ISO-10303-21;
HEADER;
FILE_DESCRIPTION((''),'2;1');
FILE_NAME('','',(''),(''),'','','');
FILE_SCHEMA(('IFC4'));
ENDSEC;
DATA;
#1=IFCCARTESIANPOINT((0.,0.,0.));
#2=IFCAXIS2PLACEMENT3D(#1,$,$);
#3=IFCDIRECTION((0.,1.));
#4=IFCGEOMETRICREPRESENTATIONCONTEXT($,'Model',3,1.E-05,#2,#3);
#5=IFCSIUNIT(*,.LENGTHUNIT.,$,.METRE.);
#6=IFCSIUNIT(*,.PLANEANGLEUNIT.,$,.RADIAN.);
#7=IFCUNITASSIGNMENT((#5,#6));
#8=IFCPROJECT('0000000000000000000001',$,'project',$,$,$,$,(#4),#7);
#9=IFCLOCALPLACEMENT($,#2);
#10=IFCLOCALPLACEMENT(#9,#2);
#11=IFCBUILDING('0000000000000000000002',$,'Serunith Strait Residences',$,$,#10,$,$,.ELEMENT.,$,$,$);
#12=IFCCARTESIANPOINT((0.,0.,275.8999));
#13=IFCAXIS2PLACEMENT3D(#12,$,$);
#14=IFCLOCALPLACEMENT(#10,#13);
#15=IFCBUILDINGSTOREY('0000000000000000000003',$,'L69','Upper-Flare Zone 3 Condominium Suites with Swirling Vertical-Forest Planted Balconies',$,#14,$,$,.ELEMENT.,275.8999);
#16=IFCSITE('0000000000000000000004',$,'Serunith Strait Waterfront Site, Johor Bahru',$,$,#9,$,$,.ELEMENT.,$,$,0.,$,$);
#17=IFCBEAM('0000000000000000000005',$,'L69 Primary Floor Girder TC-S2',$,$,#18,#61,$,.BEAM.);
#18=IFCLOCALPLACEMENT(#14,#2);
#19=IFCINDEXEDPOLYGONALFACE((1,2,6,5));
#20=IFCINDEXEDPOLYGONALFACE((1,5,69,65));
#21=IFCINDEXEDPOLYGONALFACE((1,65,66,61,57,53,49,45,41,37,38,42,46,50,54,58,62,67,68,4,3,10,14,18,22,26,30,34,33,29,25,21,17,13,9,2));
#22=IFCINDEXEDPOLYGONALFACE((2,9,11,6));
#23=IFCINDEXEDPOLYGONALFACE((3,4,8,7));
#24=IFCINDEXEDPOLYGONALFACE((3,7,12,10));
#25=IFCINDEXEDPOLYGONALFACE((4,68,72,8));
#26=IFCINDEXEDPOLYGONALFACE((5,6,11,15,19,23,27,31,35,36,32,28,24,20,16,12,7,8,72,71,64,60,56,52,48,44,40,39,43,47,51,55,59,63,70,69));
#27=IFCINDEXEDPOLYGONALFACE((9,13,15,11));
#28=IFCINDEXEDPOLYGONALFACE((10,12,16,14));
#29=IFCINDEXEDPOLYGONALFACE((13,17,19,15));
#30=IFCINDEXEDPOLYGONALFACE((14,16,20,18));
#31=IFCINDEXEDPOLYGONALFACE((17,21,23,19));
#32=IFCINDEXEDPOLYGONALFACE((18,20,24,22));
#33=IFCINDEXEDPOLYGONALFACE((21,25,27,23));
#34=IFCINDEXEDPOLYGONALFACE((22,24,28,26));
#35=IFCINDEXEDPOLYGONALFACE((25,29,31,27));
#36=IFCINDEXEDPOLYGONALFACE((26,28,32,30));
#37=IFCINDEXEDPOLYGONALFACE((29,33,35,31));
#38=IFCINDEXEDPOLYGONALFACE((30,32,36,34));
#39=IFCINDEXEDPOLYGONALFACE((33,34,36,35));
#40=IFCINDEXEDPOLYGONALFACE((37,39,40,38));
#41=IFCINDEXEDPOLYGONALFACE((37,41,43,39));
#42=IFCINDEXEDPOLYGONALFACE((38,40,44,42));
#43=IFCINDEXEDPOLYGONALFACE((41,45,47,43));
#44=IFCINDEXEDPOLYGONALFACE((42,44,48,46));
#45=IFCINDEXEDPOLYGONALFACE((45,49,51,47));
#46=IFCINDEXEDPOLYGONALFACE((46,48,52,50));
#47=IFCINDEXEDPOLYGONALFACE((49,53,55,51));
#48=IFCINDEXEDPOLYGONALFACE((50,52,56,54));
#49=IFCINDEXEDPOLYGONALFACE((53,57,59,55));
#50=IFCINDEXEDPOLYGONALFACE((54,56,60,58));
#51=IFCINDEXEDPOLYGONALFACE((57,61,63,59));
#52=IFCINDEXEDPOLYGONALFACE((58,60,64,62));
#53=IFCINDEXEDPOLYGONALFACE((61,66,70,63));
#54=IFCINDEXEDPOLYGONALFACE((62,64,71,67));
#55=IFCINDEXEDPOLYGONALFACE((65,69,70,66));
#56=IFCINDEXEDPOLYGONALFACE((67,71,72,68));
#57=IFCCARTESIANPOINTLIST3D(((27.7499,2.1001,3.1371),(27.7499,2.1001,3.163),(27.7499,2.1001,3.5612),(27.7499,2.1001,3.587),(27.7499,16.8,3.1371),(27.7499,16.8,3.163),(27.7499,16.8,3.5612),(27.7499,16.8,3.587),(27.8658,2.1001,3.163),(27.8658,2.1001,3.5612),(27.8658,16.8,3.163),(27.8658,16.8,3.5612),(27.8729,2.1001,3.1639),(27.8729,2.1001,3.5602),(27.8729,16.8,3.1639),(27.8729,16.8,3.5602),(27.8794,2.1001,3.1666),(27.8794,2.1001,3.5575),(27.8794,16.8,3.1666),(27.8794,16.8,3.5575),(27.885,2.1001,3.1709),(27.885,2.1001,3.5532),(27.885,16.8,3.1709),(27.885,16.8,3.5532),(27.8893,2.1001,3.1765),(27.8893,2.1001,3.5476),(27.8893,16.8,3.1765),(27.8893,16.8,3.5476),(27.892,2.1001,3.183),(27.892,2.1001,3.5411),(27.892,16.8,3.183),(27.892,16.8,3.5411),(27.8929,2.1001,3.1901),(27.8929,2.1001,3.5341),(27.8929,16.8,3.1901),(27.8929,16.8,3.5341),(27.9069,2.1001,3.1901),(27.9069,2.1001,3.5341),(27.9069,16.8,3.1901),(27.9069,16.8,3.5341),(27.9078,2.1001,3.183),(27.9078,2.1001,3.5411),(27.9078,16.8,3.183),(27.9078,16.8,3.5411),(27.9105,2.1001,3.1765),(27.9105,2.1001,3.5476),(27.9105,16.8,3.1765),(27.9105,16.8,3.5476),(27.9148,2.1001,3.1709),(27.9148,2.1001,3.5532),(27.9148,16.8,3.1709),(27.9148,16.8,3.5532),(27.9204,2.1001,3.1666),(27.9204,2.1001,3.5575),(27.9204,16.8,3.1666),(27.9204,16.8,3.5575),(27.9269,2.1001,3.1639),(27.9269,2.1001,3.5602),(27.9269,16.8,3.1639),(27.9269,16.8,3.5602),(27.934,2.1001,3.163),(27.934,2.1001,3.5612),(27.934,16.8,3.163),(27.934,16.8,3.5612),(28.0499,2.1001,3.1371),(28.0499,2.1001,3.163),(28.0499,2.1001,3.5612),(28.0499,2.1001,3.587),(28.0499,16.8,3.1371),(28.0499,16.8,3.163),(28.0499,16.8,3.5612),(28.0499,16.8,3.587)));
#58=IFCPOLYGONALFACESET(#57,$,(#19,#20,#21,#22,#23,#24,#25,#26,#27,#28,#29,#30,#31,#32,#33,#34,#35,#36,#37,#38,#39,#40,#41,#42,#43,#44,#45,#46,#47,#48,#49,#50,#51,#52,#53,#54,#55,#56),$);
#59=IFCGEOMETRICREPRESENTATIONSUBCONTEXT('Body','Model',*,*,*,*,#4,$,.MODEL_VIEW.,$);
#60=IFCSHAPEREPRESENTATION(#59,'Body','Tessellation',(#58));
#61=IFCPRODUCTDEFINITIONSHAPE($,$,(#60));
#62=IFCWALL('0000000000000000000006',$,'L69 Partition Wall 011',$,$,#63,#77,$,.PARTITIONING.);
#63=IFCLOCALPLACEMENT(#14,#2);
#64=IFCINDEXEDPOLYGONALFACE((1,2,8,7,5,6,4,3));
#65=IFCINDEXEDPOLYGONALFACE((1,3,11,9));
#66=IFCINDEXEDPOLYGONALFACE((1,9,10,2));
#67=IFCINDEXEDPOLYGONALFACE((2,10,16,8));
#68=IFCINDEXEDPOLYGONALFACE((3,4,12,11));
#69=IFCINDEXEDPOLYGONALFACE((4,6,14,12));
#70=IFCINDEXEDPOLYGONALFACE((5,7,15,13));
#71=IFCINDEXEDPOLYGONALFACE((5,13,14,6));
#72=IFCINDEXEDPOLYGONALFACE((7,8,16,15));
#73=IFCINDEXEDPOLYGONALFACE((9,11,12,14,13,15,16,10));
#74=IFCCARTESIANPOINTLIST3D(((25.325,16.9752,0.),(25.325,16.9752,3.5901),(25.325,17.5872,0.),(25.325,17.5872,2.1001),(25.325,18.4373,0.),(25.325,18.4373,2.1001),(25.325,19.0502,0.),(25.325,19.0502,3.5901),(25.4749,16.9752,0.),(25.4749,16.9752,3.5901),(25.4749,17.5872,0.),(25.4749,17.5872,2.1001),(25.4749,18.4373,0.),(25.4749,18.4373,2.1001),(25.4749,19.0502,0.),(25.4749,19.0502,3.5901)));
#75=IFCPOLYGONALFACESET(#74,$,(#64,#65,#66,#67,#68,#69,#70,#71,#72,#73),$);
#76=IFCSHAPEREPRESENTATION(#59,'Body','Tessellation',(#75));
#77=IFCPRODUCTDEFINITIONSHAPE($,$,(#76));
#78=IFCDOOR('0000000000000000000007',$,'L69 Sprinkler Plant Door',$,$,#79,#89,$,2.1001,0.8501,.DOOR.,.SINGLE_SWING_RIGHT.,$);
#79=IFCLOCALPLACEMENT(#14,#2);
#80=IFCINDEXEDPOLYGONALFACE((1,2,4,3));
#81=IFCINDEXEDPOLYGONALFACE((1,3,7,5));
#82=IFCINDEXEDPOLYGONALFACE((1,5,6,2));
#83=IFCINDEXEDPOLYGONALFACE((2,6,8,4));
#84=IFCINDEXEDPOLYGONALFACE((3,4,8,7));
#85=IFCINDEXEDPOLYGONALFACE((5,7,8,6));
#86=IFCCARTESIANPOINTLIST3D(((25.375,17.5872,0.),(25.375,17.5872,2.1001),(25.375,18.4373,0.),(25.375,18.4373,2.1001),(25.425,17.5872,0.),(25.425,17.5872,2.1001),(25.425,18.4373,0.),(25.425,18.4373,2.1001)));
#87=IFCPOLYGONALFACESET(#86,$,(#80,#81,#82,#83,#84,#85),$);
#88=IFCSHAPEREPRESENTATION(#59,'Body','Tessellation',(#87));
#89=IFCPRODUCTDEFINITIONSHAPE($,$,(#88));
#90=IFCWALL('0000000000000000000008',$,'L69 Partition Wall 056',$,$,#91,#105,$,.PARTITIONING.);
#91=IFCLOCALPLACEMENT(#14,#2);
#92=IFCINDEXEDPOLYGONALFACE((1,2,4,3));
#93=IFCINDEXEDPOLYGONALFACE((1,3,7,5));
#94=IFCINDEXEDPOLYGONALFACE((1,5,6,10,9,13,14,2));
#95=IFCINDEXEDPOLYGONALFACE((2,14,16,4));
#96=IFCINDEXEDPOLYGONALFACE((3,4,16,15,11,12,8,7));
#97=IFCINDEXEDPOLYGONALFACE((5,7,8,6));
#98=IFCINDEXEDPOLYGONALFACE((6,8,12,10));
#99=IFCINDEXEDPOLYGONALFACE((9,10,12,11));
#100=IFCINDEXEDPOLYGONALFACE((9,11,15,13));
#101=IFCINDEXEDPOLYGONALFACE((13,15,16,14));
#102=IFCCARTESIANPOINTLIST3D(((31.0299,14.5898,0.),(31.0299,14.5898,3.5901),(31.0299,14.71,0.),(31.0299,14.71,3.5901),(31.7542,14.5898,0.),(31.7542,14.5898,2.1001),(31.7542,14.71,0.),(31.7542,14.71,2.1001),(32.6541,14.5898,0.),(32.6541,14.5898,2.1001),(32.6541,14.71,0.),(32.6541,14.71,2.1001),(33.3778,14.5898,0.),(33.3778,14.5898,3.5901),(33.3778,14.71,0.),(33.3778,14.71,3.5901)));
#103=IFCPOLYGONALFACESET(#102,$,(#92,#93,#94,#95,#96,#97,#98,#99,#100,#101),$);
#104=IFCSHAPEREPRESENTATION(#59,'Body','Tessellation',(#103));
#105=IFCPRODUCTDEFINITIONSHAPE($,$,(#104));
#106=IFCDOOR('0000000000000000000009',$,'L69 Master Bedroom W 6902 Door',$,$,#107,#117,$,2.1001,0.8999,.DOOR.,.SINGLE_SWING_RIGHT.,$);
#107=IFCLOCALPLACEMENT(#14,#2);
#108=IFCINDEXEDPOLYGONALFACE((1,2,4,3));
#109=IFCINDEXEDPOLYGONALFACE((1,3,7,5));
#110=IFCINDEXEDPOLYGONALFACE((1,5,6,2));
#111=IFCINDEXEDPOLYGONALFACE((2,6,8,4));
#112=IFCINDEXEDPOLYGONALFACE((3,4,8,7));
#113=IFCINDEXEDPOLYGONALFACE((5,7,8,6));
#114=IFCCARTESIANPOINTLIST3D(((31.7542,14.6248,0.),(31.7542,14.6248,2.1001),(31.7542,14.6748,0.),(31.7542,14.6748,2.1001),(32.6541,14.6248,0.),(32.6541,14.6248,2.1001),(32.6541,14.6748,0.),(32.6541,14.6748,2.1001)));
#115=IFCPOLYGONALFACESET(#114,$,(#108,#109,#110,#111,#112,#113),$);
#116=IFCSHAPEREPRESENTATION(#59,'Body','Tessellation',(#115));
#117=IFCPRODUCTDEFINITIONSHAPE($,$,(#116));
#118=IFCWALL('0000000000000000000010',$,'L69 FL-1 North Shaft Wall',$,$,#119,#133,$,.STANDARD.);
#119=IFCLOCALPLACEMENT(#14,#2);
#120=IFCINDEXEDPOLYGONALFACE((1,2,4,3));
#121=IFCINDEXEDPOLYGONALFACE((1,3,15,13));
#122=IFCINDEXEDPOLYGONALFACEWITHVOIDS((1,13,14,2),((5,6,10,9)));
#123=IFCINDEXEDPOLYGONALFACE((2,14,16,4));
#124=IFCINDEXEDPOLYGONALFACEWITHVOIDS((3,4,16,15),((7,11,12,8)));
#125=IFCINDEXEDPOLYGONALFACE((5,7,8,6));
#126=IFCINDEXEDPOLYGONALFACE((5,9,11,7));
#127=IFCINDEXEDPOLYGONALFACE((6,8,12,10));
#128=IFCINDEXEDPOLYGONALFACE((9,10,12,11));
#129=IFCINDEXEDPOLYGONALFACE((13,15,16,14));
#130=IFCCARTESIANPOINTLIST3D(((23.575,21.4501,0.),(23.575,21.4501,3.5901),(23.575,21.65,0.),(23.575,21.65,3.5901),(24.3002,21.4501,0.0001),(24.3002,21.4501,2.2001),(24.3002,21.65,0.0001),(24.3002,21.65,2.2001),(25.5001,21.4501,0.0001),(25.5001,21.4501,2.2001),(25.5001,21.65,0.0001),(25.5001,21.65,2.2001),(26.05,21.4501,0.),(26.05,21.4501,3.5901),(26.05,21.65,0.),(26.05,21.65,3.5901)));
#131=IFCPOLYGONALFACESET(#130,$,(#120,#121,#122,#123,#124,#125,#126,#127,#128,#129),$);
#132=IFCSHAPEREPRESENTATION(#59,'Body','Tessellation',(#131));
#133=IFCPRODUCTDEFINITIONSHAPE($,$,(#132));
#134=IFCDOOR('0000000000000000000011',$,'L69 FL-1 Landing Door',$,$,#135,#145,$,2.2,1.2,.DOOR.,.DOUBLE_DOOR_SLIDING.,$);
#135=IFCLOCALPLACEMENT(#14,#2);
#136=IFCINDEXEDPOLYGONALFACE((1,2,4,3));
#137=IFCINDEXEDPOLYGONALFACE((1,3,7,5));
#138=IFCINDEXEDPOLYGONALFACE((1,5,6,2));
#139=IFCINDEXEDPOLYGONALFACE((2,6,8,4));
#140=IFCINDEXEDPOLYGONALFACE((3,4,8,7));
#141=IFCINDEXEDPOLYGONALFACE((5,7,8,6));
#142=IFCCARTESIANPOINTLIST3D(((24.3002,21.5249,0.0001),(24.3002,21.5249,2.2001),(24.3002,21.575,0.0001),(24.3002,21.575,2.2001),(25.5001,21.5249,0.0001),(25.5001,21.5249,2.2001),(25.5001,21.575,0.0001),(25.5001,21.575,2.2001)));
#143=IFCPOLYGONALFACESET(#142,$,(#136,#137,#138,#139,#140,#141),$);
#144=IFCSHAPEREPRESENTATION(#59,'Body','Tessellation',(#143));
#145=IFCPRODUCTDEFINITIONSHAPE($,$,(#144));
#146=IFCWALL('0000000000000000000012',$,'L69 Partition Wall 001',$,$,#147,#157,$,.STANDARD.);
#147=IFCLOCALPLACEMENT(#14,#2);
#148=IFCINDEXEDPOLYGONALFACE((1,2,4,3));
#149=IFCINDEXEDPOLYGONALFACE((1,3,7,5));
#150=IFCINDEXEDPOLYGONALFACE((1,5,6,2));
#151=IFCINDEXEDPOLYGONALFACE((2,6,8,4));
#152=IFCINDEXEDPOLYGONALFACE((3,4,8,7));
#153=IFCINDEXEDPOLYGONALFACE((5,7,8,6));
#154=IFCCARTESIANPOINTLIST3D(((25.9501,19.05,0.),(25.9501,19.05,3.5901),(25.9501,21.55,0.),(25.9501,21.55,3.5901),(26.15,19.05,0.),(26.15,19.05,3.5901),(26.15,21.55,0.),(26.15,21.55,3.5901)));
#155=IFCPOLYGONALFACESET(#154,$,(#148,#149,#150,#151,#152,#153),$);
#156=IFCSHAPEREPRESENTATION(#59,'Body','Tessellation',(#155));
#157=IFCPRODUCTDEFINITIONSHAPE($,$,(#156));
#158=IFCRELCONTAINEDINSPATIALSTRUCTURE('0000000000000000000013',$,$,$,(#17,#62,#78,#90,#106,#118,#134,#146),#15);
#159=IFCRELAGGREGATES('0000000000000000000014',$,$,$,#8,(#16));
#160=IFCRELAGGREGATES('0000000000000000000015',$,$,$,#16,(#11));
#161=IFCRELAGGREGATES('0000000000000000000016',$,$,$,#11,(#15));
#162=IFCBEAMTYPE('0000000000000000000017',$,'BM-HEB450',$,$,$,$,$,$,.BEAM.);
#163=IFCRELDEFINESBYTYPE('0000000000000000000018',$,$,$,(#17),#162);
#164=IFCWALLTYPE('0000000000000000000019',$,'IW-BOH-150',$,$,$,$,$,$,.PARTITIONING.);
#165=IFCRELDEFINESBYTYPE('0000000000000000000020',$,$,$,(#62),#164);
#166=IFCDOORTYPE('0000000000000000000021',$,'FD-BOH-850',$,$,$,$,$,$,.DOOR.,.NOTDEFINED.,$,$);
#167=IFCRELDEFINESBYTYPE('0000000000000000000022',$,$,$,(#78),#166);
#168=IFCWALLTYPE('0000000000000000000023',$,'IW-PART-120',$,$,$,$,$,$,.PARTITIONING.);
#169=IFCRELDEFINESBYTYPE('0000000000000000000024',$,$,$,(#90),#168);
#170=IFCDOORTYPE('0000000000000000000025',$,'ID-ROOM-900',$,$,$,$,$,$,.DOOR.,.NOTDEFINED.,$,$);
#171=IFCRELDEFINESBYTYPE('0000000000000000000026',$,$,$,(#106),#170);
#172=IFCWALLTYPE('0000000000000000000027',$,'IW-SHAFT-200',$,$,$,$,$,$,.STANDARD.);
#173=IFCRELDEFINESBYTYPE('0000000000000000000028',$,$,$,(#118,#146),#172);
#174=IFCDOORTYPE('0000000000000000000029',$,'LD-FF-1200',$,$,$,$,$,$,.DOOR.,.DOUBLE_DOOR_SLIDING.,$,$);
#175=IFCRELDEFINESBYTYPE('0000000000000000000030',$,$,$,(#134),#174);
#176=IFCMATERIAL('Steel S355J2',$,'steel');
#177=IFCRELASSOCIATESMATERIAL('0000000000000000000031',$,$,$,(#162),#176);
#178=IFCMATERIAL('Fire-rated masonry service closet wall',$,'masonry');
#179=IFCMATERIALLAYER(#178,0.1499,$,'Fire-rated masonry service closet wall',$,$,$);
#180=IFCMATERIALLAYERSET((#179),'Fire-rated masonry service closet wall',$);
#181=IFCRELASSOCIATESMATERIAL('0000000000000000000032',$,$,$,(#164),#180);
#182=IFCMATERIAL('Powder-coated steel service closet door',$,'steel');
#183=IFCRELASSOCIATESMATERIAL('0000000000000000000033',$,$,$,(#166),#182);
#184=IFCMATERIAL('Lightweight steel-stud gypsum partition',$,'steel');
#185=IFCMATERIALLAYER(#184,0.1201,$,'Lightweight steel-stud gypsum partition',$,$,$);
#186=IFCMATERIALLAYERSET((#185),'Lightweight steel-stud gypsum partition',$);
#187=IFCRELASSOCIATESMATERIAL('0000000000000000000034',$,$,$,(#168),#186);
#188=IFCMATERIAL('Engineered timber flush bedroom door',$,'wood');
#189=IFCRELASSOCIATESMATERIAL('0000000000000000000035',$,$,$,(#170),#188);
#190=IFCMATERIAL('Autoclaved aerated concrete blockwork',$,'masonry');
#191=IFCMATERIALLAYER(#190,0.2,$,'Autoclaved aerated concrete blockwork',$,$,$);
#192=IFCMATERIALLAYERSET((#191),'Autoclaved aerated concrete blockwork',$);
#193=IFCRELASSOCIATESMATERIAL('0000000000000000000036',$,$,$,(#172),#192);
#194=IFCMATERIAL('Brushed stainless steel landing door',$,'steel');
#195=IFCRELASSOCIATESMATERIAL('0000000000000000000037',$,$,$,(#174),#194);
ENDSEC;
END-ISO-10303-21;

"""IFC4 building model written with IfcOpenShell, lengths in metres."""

from ifc_helpers import new_model, si_unit, direction, frame, frame_2d, origin, origin_2d, place, context, subcontext, project, spatial, rectangle, i_section, extrude, source, transform, mapped, material, layer, layer_set, material_profile, profile_set, type_object, element, fill, save


model = new_model("IFC4")

# Units and contexts
model_context = context("Model", 3, precision=1e-05, world=origin(), true_north=direction((0.0, 1.0)))
body_context = subcontext(model_context, "Body", "Model", "MODEL_VIEW")
ifc_project = project(units=[si_unit("LENGTHUNIT", "METRE"), si_unit("PLANEANGLEUNIT", "RADIAN")], contexts=[model_context])

# Site, building, storey
site_placement = place(None, origin())
site = spatial("IfcSite", under=ifc_project, at=site_placement, Name="Serunith Strait Waterfront Site, Johor Bahru", CompositionType="ELEMENT", RefElevation=0.0)
building_placement = place(site_placement, origin())
building = spatial("IfcBuilding", under=site, at=building_placement, Name="Serunith Strait Residences", CompositionType="ELEMENT")
storey_placement = place(building_placement, frame((0.0, 0.0, 275.8999)))
storey = spatial("IfcBuildingStorey", under=building, at=storey_placement, Name="L69", Description="Upper-Flare Zone 3 Condominium Suites with Swirling Vertical-Forest Planted Balconies", CompositionType="ELEMENT", Elevation=275.8999)

# Beam
ifc_material_1 = material(Name="Steel S355J2", Category="steel")
ifc_material_profile = material_profile(ifc_material_1, i_section(OverallWidth=0.3, OverallDepth=0.45, WebThickness=0.0139, FlangeThickness=0.0259, FilletRadius=0.0271, at=origin_2d()), Name="HEB 450")
ifc_profile_set = profile_set([ifc_material_profile], Name="Steel S355J2")
beam_type = type_object("IfcBeamType", Name="BM-HEB450", PredefinedType="BEAM", material=ifc_profile_set)
shared_shape_1 = source(origin(), body_context, "Body", "SweptSolid", [
    extrude(i_section(OverallWidth=0.3, OverallDepth=0.45, WebThickness=0.0139, FlangeThickness=0.0259, FilletRadius=0.0271, at=origin_2d()), origin(), (0.0, 0.0, 1.0), 14.7),
])
beam_placement = place(storey_placement, frame((27.8999, 16.8, 3.3621), z_axis=(0.0, -1.0, 0.0), x_axis=(1.0, 0.0, 0.0)))
element("IfcBeam", 1, at=beam_placement, inside=storey, type_object=beam_type, Name="L69 Primary Floor Girder TC-S2", PredefinedType="BEAM", context=body_context, shape_type="MappedRepresentation", body=[
    mapped(shared_shape_1, transform((0.0, 0.0, 0.0), scale=1.0)),
])

# Walls, openings, doors
ifc_material_2 = material(Name="Fire-rated masonry service closet wall", Category="masonry")
ifc_layer_1 = layer(ifc_material_2, 0.1499, Name="Fire-rated masonry service closet wall")
ifc_layer_set_1 = layer_set([ifc_layer_1], Name="Fire-rated masonry service closet wall")
wall_type_1 = type_object("IfcWallType", Name="IW-BOH-150", PredefinedType="PARTITIONING", material=ifc_layer_set_1)
wall_1_placement = place(storey_placement, frame((25.3999, 16.9751, 0.0), z_axis=(0.0, 0.0, 1.0), x_axis=(0.0, 1.0, 0.0)))
wall_1 = element("IfcWall", 2, at=wall_1_placement, inside=storey, type_object=wall_type_1, Name="L69 Partition Wall 011", PredefinedType="PARTITIONING", context=body_context, shape_type="SweptSolid", body=[
    extrude(rectangle(XDim=2.075, YDim=0.1499, at=frame_2d((1.0376, 0.0))), origin(), (0.0, 0.0, 1.0), 3.5901),
])
opening_1_placement = place(wall_1_placement, frame((0.6121, 0.0, 0.0)))
opening_1 = element("IfcOpeningElement", 3, at=opening_1_placement, cuts=wall_1, PredefinedType="OPENING", context=body_context, shape_type="SweptSolid", body=[
    extrude(rectangle(XDim=0.8501, YDim=2.1001, at=frame_2d((0.425, 1.05))), frame((0.0, 0.085, 0.0), z_axis=(0.0, -1.0, 0.0), x_axis=(1.0, 0.0, 0.0)), (0.0, 0.0, 1.0), 0.1699),
])
ifc_material_3 = material(Name="Powder-coated steel service closet door", Category="steel")
door_type_1 = type_object("IfcDoorType", Name="FD-BOH-850", OperationType="NOTDEFINED", PredefinedType="DOOR", material=ifc_material_3)
shared_shape_2 = source(origin(), body_context, "Body", "SweptSolid", [
    extrude(rectangle(XDim=0.8501, YDim=2.1001, at=frame_2d((0.425, 1.05))), frame((0.0, 0.0249, 0.0), z_axis=(0.0, -1.0, 0.0), x_axis=(1.0, 0.0, 0.0)), (0.0, 0.0, 1.0), 0.05),
])
door_1_placement = place(opening_1_placement, origin())
door_1 = element("IfcDoor", 4, at=door_1_placement, inside=storey, type_object=door_type_1, Name="L69 Sprinkler Plant Door", OperationType="SINGLE_SWING_RIGHT", OverallHeight=2.1001, OverallWidth=0.8501, PredefinedType="DOOR", context=body_context, shape_type="MappedRepresentation", body=[
    mapped(shared_shape_2, transform((0.0, 0.0, 0.0), scale=1.0)),
])
fill(opening_1, door_1)
ifc_material_4 = material(Name="Lightweight steel-stud gypsum partition", Category="steel")
ifc_layer_2 = layer(ifc_material_4, 0.1201, Name="Lightweight steel-stud gypsum partition")
ifc_layer_set_2 = layer_set([ifc_layer_2], Name="Lightweight steel-stud gypsum partition")
wall_type_2 = type_object("IfcWallType", Name="IW-PART-120", PredefinedType="PARTITIONING", material=ifc_layer_set_2)
wall_2_placement = place(storey_placement, frame((31.03, 14.6499, 0.0), z_axis=(0.0, 0.0, 1.0), x_axis=(1.0, 0.0, 0.0)))
wall_2 = element("IfcWall", 5, at=wall_2_placement, inside=storey, type_object=wall_type_2, Name="L69 Partition Wall 056", PredefinedType="PARTITIONING", context=body_context, shape_type="SweptSolid", body=[
    extrude(rectangle(XDim=2.3479, YDim=0.1201, at=frame_2d((1.1738, 0.0))), origin(), (0.0, 0.0, 1.0), 3.5901),
])
opening_2_placement = place(wall_2_placement, frame((0.7241, 0.0, 0.0)))
opening_2 = element("IfcOpeningElement", 6, at=opening_2_placement, cuts=wall_2, PredefinedType="OPENING", context=body_context, shape_type="SweptSolid", body=[
    extrude(rectangle(XDim=0.8999, YDim=2.1001, at=frame_2d((0.45, 1.05))), frame((0.0, 0.0701, 0.0), z_axis=(0.0, -1.0, 0.0), x_axis=(1.0, 0.0, 0.0)), (0.0, 0.0, 1.0), 0.1401),
])
ifc_material_5 = material(Name="Engineered timber flush bedroom door", Category="wood")
door_type_2 = type_object("IfcDoorType", Name="ID-ROOM-900", OperationType="NOTDEFINED", PredefinedType="DOOR", material=ifc_material_5)
shared_shape_3 = source(origin(), body_context, "Body", "SweptSolid", [
    extrude(rectangle(XDim=0.8999, YDim=2.1001, at=frame_2d((0.45, 1.05))), frame((0.0, 0.0249, 0.0), z_axis=(0.0, -1.0, 0.0), x_axis=(1.0, 0.0, 0.0)), (0.0, 0.0, 1.0), 0.05),
])
door_2_placement = place(opening_2_placement, origin())
door_2 = element("IfcDoor", 7, at=door_2_placement, inside=storey, type_object=door_type_2, Name="L69 Master Bedroom W 6902 Door", OperationType="SINGLE_SWING_RIGHT", OverallHeight=2.1001, OverallWidth=0.8999, PredefinedType="DOOR", context=body_context, shape_type="MappedRepresentation", body=[
    mapped(shared_shape_3, transform((0.0, 0.0, 0.0), scale=1.0)),
])
fill(opening_2, door_2)
ifc_material_6 = material(Name="Autoclaved aerated concrete blockwork", Category="masonry")
ifc_layer_3 = layer(ifc_material_6, 0.2, Name="Autoclaved aerated concrete blockwork")
ifc_layer_set_3 = layer_set([ifc_layer_3], Name="Autoclaved aerated concrete blockwork")
wall_type_3 = type_object("IfcWallType", Name="IW-SHAFT-200", PredefinedType="STANDARD", material=ifc_layer_set_3)
wall_3_placement = place(storey_placement, frame((23.575, 21.55, 0.0), z_axis=(0.0, 0.0, 1.0), x_axis=(1.0, 0.0, 0.0)))
wall_3 = element("IfcWall", 8, at=wall_3_placement, inside=storey, type_object=wall_type_3, Name="L69 FL-1 North Shaft Wall", PredefinedType="STANDARD", context=body_context, shape_type="SweptSolid", body=[
    extrude(rectangle(XDim=2.4751, YDim=0.2, at=frame_2d((1.2375, 0.0))), origin(), (0.0, 0.0, 1.0), 3.5901),
])
opening_3_placement = place(wall_3_placement, frame((0.7251, 0.0, 0.0)))
opening_3 = element("IfcOpeningElement", 9, at=opening_3_placement, cuts=wall_3, PredefinedType="OPENING", context=body_context, shape_type="SweptSolid", body=[
    extrude(rectangle(XDim=1.2, YDim=2.2, at=frame_2d((0.6001, 1.1001))), frame((0.0, 0.1099, 0.0), z_axis=(0.0, -1.0, 0.0), x_axis=(1.0, 0.0, 0.0)), (0.0, 0.0, 1.0), 0.22),
])
ifc_material_7 = material(Name="Brushed stainless steel landing door", Category="steel")
door_type_3 = type_object("IfcDoorType", Name="LD-FF-1200", OperationType="DOUBLE_DOOR_SLIDING", PredefinedType="DOOR", material=ifc_material_7)
shared_shape_4 = source(origin(), body_context, "Body", "SweptSolid", [
    extrude(rectangle(XDim=1.2, YDim=2.2, at=frame_2d((0.6001, 1.1001))), frame((0.0, 0.0249, 0.0), z_axis=(0.0, -1.0, 0.0), x_axis=(1.0, 0.0, 0.0)), (0.0, 0.0, 1.0), 0.05),
])
door_3_placement = place(opening_3_placement, origin())
door_3 = element("IfcDoor", 10, at=door_3_placement, inside=storey, type_object=door_type_3, Name="L69 FL-1 Landing Door", OperationType="DOUBLE_DOOR_SLIDING", OverallHeight=2.2, OverallWidth=1.2, PredefinedType="DOOR", context=body_context, shape_type="MappedRepresentation", body=[
    mapped(shared_shape_4, transform((0.0, 0.0, 0.0), scale=1.0)),
])
fill(opening_3, door_3)

# Wall
wall_4_placement = place(storey_placement, frame((26.05, 19.05, 0.0), z_axis=(0.0, 0.0, 1.0), x_axis=(0.0, 1.0, 0.0)))
element("IfcWall", 11, at=wall_4_placement, inside=storey, type_object=wall_type_3, Name="L69 Partition Wall 001", PredefinedType="STANDARD", context=body_context, shape_type="SweptSolid", body=[
    extrude(rectangle(XDim=2.5, YDim=0.2, at=frame_2d((1.25, 0.0))), origin(), (0.0, 0.0, 1.0), 3.5901),
])

save(model, "model.ifc")
